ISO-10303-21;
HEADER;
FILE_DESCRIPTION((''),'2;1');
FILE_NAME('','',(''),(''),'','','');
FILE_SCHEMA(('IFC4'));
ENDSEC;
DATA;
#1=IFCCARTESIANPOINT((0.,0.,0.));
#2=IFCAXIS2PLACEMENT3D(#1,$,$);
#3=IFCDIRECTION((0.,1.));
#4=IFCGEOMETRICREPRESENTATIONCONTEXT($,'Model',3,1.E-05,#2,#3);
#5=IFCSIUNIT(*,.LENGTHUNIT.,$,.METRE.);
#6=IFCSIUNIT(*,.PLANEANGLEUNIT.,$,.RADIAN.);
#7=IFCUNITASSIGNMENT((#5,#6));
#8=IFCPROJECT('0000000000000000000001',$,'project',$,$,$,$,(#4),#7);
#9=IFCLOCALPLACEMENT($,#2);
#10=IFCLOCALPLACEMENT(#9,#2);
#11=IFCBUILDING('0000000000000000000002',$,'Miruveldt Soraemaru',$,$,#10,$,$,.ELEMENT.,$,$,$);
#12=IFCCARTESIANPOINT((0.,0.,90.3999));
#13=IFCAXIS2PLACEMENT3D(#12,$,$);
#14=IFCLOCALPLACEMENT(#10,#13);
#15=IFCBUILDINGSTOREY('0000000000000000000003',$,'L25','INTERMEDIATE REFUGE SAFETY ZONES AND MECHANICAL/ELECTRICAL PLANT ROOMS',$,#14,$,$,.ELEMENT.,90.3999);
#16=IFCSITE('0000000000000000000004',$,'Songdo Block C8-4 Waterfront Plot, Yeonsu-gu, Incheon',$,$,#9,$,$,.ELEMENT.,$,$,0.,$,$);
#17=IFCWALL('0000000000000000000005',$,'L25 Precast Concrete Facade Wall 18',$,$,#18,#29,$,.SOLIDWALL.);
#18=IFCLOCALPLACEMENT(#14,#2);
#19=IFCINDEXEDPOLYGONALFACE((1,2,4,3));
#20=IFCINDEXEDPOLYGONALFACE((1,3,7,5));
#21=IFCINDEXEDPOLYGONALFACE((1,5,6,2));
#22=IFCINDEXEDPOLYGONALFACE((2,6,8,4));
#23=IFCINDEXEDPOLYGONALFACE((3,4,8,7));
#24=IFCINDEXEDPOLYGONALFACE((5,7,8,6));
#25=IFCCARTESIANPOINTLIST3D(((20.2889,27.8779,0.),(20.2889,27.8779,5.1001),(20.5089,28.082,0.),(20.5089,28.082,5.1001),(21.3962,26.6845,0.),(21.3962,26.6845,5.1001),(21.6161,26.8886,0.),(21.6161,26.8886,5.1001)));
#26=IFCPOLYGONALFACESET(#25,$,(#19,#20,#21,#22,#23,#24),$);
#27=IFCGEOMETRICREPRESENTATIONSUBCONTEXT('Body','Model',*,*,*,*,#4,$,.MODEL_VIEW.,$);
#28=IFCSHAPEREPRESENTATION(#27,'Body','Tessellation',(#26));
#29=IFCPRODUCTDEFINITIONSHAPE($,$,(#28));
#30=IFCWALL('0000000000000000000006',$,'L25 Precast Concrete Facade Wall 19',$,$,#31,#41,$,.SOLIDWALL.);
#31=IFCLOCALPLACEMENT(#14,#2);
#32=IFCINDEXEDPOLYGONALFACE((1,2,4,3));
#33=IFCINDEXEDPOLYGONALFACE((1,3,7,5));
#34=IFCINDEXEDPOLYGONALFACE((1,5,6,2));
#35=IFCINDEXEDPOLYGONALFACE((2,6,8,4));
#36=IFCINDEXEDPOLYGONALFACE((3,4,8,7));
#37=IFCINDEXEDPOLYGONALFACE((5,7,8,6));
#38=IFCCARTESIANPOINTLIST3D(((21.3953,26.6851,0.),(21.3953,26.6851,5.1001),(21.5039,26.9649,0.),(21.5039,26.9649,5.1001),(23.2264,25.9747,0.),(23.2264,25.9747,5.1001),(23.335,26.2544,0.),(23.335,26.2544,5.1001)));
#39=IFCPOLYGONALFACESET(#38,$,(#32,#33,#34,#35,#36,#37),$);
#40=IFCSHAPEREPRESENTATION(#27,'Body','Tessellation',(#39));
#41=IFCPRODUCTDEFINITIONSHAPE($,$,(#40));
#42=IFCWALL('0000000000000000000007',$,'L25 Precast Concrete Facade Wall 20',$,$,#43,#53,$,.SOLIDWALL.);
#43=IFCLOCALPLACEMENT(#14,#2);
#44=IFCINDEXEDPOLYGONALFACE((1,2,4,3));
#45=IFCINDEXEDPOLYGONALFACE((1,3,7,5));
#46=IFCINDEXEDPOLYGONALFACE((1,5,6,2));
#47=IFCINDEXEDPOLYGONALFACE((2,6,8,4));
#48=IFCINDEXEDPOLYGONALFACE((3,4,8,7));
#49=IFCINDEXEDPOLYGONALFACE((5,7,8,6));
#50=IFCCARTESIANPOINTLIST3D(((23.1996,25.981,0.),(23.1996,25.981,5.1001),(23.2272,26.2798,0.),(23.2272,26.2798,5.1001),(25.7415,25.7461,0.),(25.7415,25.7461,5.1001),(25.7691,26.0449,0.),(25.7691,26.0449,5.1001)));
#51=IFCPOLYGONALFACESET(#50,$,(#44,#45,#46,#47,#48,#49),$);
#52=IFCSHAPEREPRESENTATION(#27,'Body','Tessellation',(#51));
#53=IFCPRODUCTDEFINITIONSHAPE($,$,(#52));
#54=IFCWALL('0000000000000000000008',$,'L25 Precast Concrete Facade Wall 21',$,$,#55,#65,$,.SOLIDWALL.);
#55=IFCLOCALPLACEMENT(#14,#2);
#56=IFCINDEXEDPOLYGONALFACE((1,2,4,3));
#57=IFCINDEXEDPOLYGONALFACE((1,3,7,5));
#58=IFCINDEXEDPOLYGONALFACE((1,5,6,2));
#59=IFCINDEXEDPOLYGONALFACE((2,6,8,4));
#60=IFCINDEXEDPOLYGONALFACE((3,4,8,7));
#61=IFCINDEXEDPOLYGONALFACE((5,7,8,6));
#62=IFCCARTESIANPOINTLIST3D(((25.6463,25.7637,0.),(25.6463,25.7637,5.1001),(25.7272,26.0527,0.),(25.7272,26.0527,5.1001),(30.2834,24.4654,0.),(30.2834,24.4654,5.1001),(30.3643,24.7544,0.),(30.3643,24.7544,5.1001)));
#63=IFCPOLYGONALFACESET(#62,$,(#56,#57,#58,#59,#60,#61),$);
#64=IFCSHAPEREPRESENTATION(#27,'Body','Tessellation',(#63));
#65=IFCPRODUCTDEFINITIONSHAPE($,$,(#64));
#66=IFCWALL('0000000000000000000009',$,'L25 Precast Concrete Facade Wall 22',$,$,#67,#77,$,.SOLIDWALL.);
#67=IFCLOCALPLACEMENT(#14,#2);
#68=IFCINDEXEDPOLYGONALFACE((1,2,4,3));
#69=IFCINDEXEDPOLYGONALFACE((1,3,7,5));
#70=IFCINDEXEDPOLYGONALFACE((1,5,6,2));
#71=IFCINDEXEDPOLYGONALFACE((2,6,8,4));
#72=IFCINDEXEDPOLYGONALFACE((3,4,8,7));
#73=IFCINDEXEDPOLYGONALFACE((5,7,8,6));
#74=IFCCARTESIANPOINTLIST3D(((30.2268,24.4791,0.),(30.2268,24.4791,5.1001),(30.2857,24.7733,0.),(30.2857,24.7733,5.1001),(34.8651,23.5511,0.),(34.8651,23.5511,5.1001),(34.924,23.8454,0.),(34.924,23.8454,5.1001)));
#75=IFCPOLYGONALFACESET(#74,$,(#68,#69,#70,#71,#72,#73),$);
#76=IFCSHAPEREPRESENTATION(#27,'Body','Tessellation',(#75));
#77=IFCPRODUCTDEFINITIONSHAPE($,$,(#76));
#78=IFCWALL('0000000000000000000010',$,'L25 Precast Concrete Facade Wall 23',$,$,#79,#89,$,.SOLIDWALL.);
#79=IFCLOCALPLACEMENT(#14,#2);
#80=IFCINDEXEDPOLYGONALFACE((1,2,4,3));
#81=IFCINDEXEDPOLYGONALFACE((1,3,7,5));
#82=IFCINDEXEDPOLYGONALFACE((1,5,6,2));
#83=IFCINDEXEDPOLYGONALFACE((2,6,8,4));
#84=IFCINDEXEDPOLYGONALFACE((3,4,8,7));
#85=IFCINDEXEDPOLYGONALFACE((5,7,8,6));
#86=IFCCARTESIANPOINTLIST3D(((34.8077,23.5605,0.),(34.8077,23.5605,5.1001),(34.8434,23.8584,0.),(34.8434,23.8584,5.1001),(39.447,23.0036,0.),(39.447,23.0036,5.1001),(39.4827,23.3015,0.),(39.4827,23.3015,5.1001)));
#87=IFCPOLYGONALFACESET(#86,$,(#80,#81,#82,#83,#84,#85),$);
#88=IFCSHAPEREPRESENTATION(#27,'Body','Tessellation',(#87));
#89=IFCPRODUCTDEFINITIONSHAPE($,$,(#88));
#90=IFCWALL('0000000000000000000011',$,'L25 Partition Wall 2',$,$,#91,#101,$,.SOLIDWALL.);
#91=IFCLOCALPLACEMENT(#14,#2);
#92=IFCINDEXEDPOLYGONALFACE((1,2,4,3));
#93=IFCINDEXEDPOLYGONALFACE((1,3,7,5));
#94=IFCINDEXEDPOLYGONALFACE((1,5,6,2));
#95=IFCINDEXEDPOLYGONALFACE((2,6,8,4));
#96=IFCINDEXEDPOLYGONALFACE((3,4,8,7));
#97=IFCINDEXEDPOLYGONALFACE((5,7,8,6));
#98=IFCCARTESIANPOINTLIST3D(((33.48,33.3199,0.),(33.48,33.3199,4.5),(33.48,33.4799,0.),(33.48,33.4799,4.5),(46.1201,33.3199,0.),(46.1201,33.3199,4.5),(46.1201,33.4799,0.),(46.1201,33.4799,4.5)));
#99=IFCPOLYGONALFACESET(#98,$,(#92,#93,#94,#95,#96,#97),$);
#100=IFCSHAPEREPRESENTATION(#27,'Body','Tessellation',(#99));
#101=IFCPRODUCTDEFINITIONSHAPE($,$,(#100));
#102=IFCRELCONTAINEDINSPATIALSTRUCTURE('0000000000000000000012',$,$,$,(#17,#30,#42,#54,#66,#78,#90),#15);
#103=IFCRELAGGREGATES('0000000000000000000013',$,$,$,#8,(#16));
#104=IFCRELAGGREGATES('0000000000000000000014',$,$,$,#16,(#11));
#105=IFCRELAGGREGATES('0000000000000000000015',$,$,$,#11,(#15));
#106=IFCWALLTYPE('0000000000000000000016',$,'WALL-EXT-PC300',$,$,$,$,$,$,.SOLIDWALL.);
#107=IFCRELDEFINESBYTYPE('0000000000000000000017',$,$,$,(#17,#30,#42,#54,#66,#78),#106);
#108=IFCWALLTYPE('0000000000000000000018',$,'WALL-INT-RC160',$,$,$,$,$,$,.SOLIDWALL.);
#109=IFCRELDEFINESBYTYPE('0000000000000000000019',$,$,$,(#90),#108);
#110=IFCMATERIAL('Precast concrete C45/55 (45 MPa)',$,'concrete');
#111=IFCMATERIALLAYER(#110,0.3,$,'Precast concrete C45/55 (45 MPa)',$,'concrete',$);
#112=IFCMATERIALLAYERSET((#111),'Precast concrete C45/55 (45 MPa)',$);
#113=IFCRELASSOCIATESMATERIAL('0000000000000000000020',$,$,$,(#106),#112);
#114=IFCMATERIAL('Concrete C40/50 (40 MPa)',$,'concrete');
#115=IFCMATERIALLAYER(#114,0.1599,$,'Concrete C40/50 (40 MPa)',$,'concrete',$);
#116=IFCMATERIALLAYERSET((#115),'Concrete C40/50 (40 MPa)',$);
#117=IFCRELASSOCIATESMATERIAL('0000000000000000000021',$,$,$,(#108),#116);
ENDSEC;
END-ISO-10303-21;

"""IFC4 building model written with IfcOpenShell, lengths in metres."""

from ifc_helpers import new_model, si_unit, direction, frame, frame_2d, origin, place, context, subcontext, project, spatial, rectangle, extrude, material, layer, layer_set, type_object, element, save


model = new_model("IFC4")

# Units and contexts
model_context = context("Model", 3, precision=1e-05, world=origin(), true_north=direction((0.0, 1.0)))
body_context = subcontext(model_context, "Body", "Model", "MODEL_VIEW")
ifc_project = project(units=[si_unit("LENGTHUNIT", "METRE"), si_unit("PLANEANGLEUNIT", "RADIAN")], contexts=[model_context])

# Site, building, storey
site_placement = place(None, origin())
site = spatial("IfcSite", under=ifc_project, at=site_placement, Name="Songdo Block C8-4 Waterfront Plot, Yeonsu-gu, Incheon", CompositionType="ELEMENT", RefElevation=0.0)
building_placement = place(site_placement, origin())
building = spatial("IfcBuilding", under=site, at=building_placement, Name="Miruveldt Soraemaru", CompositionType="ELEMENT")
storey_placement = place(building_placement, frame((0.0, 0.0, 90.3999)))
storey = spatial("IfcBuildingStorey", under=building, at=storey_placement, Name="L25", Description="INTERMEDIATE REFUGE SAFETY ZONES AND MECHANICAL/ELECTRICAL PLANT ROOMS", CompositionType="ELEMENT", Elevation=90.3999)

# Shared definitions
ifc_material_1 = material(Name="Concrete C40/50 (40 MPa)", Category="concrete")

# Walls
ifc_material_2 = material(Name="Precast concrete C45/55 (45 MPa)", Category="concrete")
ifc_layer_1 = layer(ifc_material_2, 0.3, Name="Precast concrete C45/55 (45 MPa)", Category="concrete")
ifc_layer_set_1 = layer_set([ifc_layer_1], Name="Precast concrete C45/55 (45 MPa)")
wall_type_1 = type_object("IfcWallType", Name="WALL-EXT-PC300", PredefinedType="SOLIDWALL", material=ifc_layer_set_1)
wall_1_placement = place(storey_placement, frame((20.3989, 27.98, 0.0), z_axis=(0.0, 0.0, 1.0), x_axis=(0.68014, -0.733082, 0.0)))
element("IfcWall", 1, at=wall_1_placement, inside=storey, type_object=wall_type_1, Name="L25 Precast Concrete Facade Wall 18", PredefinedType="SOLIDWALL", context=body_context, shape_type="SweptSolid", body=[
    extrude(rectangle(XDim=1.6279, YDim=0.3, at=frame_2d((0.814, 0.0))), origin(), (0.0, 0.0, 1.0), 5.1001),
])
wall_2_placement = place(storey_placement, frame((21.4497, 26.825, 0.0), z_axis=(0.0, 0.0, 1.0), x_axis=(0.932284, -0.361726, 0.0)))
element("IfcWall", 2, at=wall_2_placement, inside=storey, type_object=wall_type_1, Name="L25 Precast Concrete Facade Wall 19", PredefinedType="SOLIDWALL", context=body_context, shape_type="SweptSolid", body=[
    extrude(rectangle(XDim=1.9641, YDim=0.3, at=frame_2d((0.9819, 0.0))), origin(), (0.0, 0.0, 1.0), 5.1001),
])
wall_3_placement = place(storey_placement, frame((23.2134, 26.1304, 0.0), z_axis=(0.0, 0.0, 1.0), x_axis=(0.995759, -0.092002, 0.0)))
element("IfcWall", 3, at=wall_3_placement, inside=storey, type_object=wall_type_1, Name="L25 Precast Concrete Facade Wall 20", PredefinedType="SOLIDWALL", context=body_context, shape_type="SweptSolid", body=[
    extrude(rectangle(XDim=2.5527, YDim=0.3, at=frame_2d((1.2764, 0.0))), origin(), (0.0, 0.0, 1.0), 5.1001),
])
wall_4_placement = place(storey_placement, frame((25.6868, 25.9082, 0.0), z_axis=(0.0, 0.0, 1.0), x_axis=(0.962968, -0.269615, 0.0)))
element("IfcWall", 4, at=wall_4_placement, inside=storey, type_object=wall_type_1, Name="L25 Precast Concrete Facade Wall 21", PredefinedType="SOLIDWALL", context=body_context, shape_type="SweptSolid", body=[
    extrude(rectangle(XDim=4.8154, YDim=0.3, at=frame_2d((2.4077, 0.0))), origin(), (0.0, 0.0, 1.0), 5.1001),
])
wall_5_placement = place(storey_placement, frame((30.2561, 24.6262, 0.0), z_axis=(0.0, 0.0, 1.0), x_axis=(0.980569, -0.196176, 0.0)))
element("IfcWall", 5, at=wall_5_placement, inside=storey, type_object=wall_type_1, Name="L25 Precast Concrete Facade Wall 22", PredefinedType="SOLIDWALL", context=body_context, shape_type="SweptSolid", body=[
    extrude(rectangle(XDim=4.7302, YDim=0.3, at=frame_2d((2.3652, 0.0))), origin(), (0.0, 0.0, 1.0), 5.1001),
])
wall_6_placement = place(storey_placement, frame((34.8254, 23.7095, 0.0), z_axis=(0.0, 0.0, 1.0), x_axis=(0.992873, -0.119178, 0.0)))
element("IfcWall", 6, at=wall_6_placement, inside=storey, type_object=wall_type_1, Name="L25 Precast Concrete Facade Wall 23", PredefinedType="SOLIDWALL", context=body_context, shape_type="SweptSolid", body=[
    extrude(rectangle(XDim=4.6726, YDim=0.3, at=frame_2d((2.3364, 0.0))), origin(), (0.0, 0.0, 1.0), 5.1001),
])
ifc_layer_2 = layer(ifc_material_1, 0.1599, Name="Concrete C40/50 (40 MPa)", Category="concrete")
ifc_layer_set_2 = layer_set([ifc_layer_2], Name="Concrete C40/50 (40 MPa)")
wall_type_2 = type_object("IfcWallType", Name="WALL-INT-RC160", PredefinedType="SOLIDWALL", material=ifc_layer_set_2)
wall_7_placement = place(storey_placement, frame((33.48, 33.3999, 0.0), z_axis=(0.0, 0.0, 1.0), x_axis=(1.0, 0.0, 0.0)))
element("IfcWall", 7, at=wall_7_placement, inside=storey, type_object=wall_type_2, Name="L25 Partition Wall 2", PredefinedType="SOLIDWALL", context=body_context, shape_type="SweptSolid", body=[
    extrude(rectangle(XDim=12.6401, YDim=0.1599, at=frame_2d((6.3201, 0.0))), origin(), (0.0, 0.0, 1.0), 4.5),
])

save(model, "model.ifc")
